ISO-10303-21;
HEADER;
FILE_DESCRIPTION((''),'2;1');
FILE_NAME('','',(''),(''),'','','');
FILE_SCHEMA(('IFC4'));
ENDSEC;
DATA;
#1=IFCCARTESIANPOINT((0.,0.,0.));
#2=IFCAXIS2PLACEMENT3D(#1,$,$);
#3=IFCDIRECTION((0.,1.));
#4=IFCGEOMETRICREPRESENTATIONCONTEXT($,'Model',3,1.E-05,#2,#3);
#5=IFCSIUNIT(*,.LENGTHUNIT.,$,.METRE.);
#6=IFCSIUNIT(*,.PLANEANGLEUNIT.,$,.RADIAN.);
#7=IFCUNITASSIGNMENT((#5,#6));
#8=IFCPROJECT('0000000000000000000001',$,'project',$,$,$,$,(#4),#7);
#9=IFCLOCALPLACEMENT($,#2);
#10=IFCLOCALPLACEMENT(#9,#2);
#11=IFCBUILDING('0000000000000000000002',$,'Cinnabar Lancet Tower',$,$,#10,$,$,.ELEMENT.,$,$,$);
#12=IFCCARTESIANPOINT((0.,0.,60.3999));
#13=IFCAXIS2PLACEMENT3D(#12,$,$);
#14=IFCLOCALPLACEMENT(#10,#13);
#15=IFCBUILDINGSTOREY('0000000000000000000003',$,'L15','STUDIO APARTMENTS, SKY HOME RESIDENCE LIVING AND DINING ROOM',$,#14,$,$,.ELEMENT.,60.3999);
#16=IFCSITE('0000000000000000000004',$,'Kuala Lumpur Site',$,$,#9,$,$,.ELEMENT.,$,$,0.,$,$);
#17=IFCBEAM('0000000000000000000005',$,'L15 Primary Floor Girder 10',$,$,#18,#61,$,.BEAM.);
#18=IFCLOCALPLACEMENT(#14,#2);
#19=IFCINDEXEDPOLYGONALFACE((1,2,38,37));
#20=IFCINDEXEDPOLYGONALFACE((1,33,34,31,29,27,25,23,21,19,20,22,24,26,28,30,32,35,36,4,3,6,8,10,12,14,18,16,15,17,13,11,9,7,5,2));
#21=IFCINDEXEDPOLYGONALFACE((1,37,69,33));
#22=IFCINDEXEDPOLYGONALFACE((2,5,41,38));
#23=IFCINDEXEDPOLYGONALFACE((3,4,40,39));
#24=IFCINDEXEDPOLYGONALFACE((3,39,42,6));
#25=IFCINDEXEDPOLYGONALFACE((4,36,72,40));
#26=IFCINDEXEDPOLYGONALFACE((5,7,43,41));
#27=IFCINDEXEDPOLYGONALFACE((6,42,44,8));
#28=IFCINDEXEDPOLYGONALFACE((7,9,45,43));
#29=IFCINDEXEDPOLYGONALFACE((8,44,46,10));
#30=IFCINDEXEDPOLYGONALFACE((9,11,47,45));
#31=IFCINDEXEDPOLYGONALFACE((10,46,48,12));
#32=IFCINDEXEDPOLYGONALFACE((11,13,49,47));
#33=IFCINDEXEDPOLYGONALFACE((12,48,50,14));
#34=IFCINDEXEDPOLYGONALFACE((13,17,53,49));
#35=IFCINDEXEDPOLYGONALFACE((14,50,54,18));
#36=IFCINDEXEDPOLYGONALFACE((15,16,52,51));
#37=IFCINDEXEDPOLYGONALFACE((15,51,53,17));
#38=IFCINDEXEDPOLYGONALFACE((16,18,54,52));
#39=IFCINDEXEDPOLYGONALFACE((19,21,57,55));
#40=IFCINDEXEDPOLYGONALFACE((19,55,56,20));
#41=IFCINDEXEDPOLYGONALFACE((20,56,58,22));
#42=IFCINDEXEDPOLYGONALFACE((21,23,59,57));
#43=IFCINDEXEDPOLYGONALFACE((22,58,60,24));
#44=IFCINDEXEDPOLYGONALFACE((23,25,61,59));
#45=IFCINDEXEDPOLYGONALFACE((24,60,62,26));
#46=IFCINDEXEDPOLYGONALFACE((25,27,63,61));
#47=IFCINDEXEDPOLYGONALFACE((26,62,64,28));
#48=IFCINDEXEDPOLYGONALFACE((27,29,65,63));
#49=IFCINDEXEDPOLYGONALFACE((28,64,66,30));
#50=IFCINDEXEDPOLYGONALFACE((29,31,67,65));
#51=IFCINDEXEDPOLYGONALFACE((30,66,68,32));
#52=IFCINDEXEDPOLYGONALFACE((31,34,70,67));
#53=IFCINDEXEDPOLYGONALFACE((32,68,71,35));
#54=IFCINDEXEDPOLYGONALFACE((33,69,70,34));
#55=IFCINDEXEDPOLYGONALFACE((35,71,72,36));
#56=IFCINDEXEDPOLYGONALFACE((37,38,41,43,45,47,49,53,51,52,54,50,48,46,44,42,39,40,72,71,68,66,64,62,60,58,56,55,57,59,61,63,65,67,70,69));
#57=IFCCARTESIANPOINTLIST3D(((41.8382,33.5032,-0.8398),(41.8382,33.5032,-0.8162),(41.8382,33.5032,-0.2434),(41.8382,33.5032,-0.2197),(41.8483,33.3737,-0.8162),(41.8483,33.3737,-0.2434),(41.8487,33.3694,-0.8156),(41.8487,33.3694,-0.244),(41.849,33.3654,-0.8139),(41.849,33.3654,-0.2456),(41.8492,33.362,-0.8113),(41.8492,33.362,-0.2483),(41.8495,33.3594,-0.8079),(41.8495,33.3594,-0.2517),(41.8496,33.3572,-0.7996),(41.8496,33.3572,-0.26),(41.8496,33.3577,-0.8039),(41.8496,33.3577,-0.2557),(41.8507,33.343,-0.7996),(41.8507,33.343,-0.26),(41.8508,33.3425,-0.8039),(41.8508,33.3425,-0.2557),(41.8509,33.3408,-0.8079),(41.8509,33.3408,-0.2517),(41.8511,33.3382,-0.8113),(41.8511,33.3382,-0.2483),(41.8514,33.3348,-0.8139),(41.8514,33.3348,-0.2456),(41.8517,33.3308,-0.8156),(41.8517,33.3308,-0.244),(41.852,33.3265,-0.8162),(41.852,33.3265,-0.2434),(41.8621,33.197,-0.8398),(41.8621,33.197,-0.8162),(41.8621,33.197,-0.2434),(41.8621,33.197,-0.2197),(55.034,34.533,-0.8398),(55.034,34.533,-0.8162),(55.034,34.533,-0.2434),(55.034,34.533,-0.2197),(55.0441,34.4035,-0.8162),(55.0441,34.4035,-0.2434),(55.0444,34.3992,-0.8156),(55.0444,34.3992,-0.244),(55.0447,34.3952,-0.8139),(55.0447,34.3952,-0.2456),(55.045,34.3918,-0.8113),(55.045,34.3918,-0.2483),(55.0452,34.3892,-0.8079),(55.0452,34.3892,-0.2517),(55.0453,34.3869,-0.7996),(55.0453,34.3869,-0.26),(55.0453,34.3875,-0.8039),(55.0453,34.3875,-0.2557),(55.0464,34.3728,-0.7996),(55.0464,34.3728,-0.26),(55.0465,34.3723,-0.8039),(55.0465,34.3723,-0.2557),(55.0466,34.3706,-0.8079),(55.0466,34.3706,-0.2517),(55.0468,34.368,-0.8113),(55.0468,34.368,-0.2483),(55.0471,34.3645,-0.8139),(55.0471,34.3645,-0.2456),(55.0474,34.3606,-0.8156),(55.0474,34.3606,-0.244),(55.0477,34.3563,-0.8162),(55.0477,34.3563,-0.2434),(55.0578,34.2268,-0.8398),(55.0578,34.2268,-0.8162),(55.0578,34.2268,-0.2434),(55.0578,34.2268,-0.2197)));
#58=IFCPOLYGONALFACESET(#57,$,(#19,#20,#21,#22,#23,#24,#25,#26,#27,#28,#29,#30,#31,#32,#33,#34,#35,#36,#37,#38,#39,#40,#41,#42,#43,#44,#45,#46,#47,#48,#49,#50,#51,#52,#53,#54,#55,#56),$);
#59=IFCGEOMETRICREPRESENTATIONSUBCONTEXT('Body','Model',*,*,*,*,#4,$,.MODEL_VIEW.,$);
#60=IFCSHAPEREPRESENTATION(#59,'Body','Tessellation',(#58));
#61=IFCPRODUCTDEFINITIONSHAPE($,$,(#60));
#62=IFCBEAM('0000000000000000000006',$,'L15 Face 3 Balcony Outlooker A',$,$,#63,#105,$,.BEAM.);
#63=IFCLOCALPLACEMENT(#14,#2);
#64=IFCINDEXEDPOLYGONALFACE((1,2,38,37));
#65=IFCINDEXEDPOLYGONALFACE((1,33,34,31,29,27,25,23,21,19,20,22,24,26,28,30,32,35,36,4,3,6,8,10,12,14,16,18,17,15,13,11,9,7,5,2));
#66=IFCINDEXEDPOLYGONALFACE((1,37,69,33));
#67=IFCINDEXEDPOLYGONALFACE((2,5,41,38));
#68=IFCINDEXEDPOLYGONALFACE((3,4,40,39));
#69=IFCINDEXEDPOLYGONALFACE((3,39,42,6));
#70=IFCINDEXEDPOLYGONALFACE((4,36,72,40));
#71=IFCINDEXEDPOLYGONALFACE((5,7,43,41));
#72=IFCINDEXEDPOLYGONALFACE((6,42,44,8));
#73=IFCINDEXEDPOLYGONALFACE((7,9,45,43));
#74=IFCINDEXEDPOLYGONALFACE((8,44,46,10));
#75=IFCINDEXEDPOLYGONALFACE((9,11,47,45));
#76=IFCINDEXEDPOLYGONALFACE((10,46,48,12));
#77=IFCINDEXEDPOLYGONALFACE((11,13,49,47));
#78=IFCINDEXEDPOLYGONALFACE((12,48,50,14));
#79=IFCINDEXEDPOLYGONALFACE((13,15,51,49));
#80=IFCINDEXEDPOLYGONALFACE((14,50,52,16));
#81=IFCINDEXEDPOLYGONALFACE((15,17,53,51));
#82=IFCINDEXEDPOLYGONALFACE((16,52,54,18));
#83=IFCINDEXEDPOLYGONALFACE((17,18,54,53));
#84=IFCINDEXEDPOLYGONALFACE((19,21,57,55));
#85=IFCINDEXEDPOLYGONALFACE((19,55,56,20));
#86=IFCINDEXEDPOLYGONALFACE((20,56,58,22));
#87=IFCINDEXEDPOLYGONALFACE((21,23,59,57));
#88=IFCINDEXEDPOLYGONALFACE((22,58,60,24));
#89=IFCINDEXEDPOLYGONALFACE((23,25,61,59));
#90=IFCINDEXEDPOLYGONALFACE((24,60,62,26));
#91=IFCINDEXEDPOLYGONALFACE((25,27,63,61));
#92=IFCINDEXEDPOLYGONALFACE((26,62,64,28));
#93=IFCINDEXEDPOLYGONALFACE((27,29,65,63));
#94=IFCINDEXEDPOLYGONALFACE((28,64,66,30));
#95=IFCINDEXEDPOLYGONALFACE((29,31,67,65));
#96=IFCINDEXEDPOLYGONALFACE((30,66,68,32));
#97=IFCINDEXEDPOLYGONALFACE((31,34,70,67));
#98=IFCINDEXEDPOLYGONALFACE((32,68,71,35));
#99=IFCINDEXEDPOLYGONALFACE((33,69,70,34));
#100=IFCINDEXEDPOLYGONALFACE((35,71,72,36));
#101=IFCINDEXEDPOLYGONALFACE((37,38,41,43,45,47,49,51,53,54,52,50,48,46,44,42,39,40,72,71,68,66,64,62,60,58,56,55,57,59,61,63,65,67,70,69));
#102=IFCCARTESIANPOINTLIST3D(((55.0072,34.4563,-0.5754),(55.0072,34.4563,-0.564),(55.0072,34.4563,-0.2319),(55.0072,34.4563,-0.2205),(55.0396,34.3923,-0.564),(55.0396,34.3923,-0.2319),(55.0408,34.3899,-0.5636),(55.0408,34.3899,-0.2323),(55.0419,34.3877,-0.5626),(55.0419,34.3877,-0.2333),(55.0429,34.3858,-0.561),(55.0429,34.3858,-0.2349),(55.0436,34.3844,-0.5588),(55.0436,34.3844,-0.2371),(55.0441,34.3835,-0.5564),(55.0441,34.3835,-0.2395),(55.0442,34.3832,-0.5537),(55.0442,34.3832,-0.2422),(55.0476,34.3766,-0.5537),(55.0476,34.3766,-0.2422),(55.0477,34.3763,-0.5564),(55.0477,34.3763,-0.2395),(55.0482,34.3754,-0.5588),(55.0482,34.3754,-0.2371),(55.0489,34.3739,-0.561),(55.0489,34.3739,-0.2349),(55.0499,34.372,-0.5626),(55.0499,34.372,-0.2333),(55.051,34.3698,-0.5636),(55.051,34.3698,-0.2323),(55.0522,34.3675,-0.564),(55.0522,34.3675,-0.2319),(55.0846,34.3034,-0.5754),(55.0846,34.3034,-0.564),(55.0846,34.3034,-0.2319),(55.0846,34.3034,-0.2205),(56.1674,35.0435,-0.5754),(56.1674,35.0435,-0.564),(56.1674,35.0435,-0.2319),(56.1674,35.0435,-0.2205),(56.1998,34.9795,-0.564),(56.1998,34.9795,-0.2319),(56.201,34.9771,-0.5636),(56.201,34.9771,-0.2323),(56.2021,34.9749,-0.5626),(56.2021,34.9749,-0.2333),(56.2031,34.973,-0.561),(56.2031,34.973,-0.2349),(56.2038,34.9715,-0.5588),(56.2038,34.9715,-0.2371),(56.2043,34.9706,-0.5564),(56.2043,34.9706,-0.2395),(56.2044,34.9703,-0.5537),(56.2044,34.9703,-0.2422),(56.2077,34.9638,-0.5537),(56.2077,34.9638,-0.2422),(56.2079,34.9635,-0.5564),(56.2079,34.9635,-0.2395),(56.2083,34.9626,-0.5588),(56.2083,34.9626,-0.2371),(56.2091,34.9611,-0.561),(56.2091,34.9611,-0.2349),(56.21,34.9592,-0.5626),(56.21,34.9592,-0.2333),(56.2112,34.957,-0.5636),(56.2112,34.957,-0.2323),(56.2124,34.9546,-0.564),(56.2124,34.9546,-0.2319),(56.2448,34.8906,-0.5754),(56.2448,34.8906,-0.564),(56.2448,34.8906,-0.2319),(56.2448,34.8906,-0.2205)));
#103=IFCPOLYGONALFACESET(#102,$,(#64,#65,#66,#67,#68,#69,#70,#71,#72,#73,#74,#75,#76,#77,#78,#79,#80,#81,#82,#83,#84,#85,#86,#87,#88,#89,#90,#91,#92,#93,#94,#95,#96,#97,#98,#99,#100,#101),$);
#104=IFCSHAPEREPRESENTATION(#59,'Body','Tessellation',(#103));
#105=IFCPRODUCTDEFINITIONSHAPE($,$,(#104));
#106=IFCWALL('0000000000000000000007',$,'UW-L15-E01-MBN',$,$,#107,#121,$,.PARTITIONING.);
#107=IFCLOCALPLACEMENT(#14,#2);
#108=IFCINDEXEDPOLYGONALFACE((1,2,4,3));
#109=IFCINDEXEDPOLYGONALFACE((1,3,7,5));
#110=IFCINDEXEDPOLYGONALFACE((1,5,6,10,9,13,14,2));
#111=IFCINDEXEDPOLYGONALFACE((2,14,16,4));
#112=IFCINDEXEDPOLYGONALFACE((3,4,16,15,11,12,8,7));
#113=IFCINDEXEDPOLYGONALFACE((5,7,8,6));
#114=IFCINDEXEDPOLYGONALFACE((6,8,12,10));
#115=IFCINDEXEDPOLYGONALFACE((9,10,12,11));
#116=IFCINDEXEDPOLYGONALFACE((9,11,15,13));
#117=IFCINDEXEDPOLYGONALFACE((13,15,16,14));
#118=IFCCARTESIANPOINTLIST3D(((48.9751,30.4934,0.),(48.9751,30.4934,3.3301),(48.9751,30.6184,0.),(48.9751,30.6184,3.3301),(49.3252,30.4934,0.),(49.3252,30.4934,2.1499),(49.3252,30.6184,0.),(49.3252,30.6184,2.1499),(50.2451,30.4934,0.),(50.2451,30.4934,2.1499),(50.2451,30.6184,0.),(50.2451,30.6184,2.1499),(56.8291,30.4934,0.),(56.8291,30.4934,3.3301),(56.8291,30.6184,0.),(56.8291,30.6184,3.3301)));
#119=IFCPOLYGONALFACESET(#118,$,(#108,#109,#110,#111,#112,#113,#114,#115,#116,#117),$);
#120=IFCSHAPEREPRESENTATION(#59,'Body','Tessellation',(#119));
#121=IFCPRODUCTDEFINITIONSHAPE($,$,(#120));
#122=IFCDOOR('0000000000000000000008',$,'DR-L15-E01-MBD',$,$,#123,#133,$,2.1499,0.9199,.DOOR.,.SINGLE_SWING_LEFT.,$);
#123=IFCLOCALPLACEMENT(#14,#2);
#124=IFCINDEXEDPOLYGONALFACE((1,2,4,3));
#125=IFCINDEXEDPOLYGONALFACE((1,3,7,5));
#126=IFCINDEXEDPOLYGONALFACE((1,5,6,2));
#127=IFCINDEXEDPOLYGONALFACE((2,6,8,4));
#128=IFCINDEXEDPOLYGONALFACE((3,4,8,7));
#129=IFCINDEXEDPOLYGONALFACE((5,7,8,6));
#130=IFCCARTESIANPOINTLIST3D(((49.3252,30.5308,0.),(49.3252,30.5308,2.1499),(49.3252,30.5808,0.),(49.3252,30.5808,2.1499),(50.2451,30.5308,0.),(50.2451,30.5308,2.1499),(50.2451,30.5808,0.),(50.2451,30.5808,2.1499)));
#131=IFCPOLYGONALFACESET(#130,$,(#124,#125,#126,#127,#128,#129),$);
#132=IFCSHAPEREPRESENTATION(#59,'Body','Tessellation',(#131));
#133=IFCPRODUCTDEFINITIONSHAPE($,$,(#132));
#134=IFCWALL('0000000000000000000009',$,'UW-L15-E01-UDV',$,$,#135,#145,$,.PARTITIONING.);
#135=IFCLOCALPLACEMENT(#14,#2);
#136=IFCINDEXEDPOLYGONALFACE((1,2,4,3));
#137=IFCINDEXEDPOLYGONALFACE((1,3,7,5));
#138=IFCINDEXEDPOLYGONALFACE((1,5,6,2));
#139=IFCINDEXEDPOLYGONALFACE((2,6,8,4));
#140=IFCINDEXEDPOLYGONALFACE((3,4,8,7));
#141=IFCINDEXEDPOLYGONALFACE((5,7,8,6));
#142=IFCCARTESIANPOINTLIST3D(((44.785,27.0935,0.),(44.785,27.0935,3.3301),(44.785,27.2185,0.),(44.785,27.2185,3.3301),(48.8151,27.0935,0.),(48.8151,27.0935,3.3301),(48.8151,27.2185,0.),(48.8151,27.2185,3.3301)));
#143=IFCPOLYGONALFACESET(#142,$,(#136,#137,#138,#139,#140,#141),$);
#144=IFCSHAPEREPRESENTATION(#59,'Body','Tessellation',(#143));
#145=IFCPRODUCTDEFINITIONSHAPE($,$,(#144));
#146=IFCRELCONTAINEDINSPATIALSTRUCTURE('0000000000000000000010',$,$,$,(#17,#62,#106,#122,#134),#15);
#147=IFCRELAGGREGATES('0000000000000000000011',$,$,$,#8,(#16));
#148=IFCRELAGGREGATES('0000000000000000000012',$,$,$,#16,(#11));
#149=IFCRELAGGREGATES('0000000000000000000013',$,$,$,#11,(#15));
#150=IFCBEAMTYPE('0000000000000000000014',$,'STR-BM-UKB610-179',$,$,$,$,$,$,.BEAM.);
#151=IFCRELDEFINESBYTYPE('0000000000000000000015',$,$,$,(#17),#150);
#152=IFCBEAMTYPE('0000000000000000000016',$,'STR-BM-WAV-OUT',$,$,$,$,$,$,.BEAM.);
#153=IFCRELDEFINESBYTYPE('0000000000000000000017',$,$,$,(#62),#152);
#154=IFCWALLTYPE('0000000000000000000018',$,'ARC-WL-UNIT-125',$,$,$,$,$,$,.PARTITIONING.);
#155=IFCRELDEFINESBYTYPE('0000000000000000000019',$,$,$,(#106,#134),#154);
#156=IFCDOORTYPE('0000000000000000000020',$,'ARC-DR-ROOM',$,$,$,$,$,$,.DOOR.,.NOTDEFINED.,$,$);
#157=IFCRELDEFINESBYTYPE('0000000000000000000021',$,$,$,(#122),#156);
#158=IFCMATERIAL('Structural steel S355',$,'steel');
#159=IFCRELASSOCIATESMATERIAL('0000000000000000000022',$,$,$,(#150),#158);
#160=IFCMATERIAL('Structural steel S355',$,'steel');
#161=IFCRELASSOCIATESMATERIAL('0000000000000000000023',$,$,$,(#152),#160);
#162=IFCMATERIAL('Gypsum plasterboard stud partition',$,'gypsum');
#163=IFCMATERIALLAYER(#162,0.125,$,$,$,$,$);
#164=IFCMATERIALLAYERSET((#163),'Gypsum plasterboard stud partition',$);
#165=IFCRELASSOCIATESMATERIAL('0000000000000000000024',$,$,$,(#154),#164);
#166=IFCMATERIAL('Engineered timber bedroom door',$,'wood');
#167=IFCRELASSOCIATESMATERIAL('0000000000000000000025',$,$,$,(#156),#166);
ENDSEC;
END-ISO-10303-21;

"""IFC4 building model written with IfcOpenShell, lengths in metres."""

from ifc_helpers import new_model, si_unit, direction, frame, frame_2d, origin, origin_2d, place, context, subcontext, project, spatial, rectangle, i_section, extrude, material, layer, layer_set, material_profile, profile_set, type_object, element, fill, save


model = new_model("IFC4")

# Units and contexts
model_context = context("Model", 3, precision=1e-05, world=origin(), true_north=direction((0.0, 1.0)))
body_context = subcontext(model_context, "Body", "Model", "MODEL_VIEW")
ifc_project = project(units=[si_unit("LENGTHUNIT", "METRE"), si_unit("PLANEANGLEUNIT", "RADIAN")], contexts=[model_context])

# Site, building, storey
site_placement = place(None, origin())
site = spatial("IfcSite", under=ifc_project, at=site_placement, Name="Kuala Lumpur Site", CompositionType="ELEMENT", RefElevation=0.0)
building_placement = place(site_placement, origin())
building = spatial("IfcBuilding", under=site, at=building_placement, Name="Cinnabar Lancet Tower", CompositionType="ELEMENT")
storey_placement = place(building_placement, frame((0.0, 0.0, 60.3999)))
storey = spatial("IfcBuildingStorey", under=building, at=storey_placement, Name="L15", Description="STUDIO APARTMENTS, SKY HOME RESIDENCE LIVING AND DINING ROOM", CompositionType="ELEMENT", Elevation=60.3999)

# Beams
ifc_material_1 = material(Name="Structural steel S355", Category="steel")
ifc_material_profile_1 = material_profile(ifc_material_1, i_section(OverallWidth=0.3071, OverallDepth=0.6201, WebThickness=0.0142, FlangeThickness=0.0237, FilletRadius=0.0166, at=origin_2d()), Name="UKB 610x305x179")
ifc_profile_set_1 = profile_set([ifc_material_profile_1], Name="Structural steel S355")
beam_type_1 = type_object("IfcBeamType", Name="STR-BM-UKB610-179", PredefinedType="BEAM", material=ifc_profile_set_1)
beam_1_placement = place(storey_placement, frame((55.0459, 34.3799, -0.5298), z_axis=(-0.996969, -0.077802, 0.0), x_axis=(0.077802, -0.996969, 0.0)))
element("IfcBeam", 1, at=beam_1_placement, inside=storey, type_object=beam_type_1, Name="L15 Primary Floor Girder 10", PredefinedType="BEAM", context=body_context, shape_type="SweptSolid", body=[
    extrude(i_section(OverallWidth=0.3071, OverallDepth=0.6201, WebThickness=0.0142, FlangeThickness=0.0237, FilletRadius=0.0166, at=origin_2d()), origin(), (0.0, 0.0, 1.0), 13.2358),
])
ifc_material_2 = material(Name="Structural steel S355", Category="steel")
ifc_material_profile_2 = material_profile(ifc_material_2, i_section(OverallWidth=0.1714, OverallDepth=0.355, WebThickness=0.0073, FlangeThickness=0.0115, FilletRadius=0.0103, at=origin_2d()), Name="UKB 356x171x51")
ifc_profile_set_2 = profile_set([ifc_material_profile_2], Name="Structural steel S355")
beam_type_2 = type_object("IfcBeamType", Name="STR-BM-WAV-OUT", PredefinedType="BEAM", material=ifc_profile_set_2)
beam_2_placement = place(storey_placement, frame((55.0459, 34.3799, -0.3979), z_axis=(0.892239, 0.451564, 0.0), x_axis=(-0.451564, 0.892239, 0.0)))
element("IfcBeam", 2, at=beam_2_placement, inside=storey, type_object=beam_type_2, Name="L15 Face 3 Balcony Outlooker A", PredefinedType="BEAM", context=body_context, shape_type="SweptSolid", body=[
    extrude(i_section(OverallWidth=0.1714, OverallDepth=0.355, WebThickness=0.0073, FlangeThickness=0.0115, FilletRadius=0.0103, at=origin_2d()), origin(), (0.0, 0.0, 1.0), 1.3003),
])

# Wall, opening, door
ifc_material_3 = material(Name="Gypsum plasterboard stud partition", Category="gypsum")
ifc_layer_1 = layer(ifc_material_3, 0.125)
ifc_layer_set_1 = layer_set([ifc_layer_1], Name="Gypsum plasterboard stud partition")
wall_type_1 = type_object("IfcWallType", Name="ARC-WL-UNIT-125", PredefinedType="PARTITIONING", material=ifc_layer_set_1)
wall_1_placement = place(storey_placement, frame((48.9751, 30.5559, 0.0), z_axis=(0.0, 0.0, 1.0), x_axis=(1.0, 0.0, 0.0)))
wall_1 = element("IfcWall", 3, at=wall_1_placement, inside=storey, type_object=wall_type_1, Name="UW-L15-E01-MBN", PredefinedType="PARTITIONING", context=body_context, shape_type="SweptSolid", body=[
    extrude(rectangle(XDim=7.854, YDim=0.125, at=frame_2d((3.927, 0.0))), origin(), (0.0, 0.0, 1.0), 3.3301),
])
opening_1_placement = place(wall_1_placement, frame((0.3501, 0.0, 0.0)))
opening_1 = element("IfcOpeningElement", 4, at=opening_1_placement, cuts=wall_1, PredefinedType="OPENING", context=body_context, shape_type="SweptSolid", body=[
    extrude(rectangle(XDim=0.9199, YDim=2.1499, at=frame_2d((0.46, 1.075))), frame((0.0, 0.0725, 0.0), z_axis=(0.0, -1.0, 0.0), x_axis=(1.0, 0.0, 0.0)), (0.0, 0.0, 1.0), 0.145),
])
ifc_material_4 = material(Name="Engineered timber bedroom door", Category="wood")
door_type_1 = type_object("IfcDoorType", Name="ARC-DR-ROOM", OperationType="NOTDEFINED", PredefinedType="DOOR", material=ifc_material_4)
door_1_placement = place(opening_1_placement, origin())
door_1 = element("IfcDoor", 5, at=door_1_placement, inside=storey, type_object=door_type_1, Name="DR-L15-E01-MBD", OperationType="SINGLE_SWING_LEFT", OverallHeight=2.1499, OverallWidth=0.9199, PredefinedType="DOOR", context=body_context, shape_type="SweptSolid", body=[
    extrude(rectangle(XDim=0.9199, YDim=2.1499, at=frame_2d((0.46, 1.075))), frame((0.0, 0.0249, 0.0), z_axis=(0.0, -1.0, 0.0), x_axis=(1.0, 0.0, 0.0)), (0.0, 0.0, 1.0), 0.05),
])
fill(opening_1, door_1)

# Wall
wall_2_placement = place(storey_placement, frame((44.7849, 27.156, 0.0), z_axis=(0.0, 0.0, 1.0), x_axis=(1.0, 0.0, 0.0)))
element("IfcWall", 6, at=wall_2_placement, inside=storey, type_object=wall_type_1, Name="UW-L15-E01-UDV", PredefinedType="PARTITIONING", context=body_context, shape_type="SweptSolid", body=[
    extrude(rectangle(XDim=4.03, YDim=0.125, at=frame_2d((2.0151, 0.0))), origin(), (0.0, 0.0, 1.0), 3.3301),
])

save(model, "model.ifc")
